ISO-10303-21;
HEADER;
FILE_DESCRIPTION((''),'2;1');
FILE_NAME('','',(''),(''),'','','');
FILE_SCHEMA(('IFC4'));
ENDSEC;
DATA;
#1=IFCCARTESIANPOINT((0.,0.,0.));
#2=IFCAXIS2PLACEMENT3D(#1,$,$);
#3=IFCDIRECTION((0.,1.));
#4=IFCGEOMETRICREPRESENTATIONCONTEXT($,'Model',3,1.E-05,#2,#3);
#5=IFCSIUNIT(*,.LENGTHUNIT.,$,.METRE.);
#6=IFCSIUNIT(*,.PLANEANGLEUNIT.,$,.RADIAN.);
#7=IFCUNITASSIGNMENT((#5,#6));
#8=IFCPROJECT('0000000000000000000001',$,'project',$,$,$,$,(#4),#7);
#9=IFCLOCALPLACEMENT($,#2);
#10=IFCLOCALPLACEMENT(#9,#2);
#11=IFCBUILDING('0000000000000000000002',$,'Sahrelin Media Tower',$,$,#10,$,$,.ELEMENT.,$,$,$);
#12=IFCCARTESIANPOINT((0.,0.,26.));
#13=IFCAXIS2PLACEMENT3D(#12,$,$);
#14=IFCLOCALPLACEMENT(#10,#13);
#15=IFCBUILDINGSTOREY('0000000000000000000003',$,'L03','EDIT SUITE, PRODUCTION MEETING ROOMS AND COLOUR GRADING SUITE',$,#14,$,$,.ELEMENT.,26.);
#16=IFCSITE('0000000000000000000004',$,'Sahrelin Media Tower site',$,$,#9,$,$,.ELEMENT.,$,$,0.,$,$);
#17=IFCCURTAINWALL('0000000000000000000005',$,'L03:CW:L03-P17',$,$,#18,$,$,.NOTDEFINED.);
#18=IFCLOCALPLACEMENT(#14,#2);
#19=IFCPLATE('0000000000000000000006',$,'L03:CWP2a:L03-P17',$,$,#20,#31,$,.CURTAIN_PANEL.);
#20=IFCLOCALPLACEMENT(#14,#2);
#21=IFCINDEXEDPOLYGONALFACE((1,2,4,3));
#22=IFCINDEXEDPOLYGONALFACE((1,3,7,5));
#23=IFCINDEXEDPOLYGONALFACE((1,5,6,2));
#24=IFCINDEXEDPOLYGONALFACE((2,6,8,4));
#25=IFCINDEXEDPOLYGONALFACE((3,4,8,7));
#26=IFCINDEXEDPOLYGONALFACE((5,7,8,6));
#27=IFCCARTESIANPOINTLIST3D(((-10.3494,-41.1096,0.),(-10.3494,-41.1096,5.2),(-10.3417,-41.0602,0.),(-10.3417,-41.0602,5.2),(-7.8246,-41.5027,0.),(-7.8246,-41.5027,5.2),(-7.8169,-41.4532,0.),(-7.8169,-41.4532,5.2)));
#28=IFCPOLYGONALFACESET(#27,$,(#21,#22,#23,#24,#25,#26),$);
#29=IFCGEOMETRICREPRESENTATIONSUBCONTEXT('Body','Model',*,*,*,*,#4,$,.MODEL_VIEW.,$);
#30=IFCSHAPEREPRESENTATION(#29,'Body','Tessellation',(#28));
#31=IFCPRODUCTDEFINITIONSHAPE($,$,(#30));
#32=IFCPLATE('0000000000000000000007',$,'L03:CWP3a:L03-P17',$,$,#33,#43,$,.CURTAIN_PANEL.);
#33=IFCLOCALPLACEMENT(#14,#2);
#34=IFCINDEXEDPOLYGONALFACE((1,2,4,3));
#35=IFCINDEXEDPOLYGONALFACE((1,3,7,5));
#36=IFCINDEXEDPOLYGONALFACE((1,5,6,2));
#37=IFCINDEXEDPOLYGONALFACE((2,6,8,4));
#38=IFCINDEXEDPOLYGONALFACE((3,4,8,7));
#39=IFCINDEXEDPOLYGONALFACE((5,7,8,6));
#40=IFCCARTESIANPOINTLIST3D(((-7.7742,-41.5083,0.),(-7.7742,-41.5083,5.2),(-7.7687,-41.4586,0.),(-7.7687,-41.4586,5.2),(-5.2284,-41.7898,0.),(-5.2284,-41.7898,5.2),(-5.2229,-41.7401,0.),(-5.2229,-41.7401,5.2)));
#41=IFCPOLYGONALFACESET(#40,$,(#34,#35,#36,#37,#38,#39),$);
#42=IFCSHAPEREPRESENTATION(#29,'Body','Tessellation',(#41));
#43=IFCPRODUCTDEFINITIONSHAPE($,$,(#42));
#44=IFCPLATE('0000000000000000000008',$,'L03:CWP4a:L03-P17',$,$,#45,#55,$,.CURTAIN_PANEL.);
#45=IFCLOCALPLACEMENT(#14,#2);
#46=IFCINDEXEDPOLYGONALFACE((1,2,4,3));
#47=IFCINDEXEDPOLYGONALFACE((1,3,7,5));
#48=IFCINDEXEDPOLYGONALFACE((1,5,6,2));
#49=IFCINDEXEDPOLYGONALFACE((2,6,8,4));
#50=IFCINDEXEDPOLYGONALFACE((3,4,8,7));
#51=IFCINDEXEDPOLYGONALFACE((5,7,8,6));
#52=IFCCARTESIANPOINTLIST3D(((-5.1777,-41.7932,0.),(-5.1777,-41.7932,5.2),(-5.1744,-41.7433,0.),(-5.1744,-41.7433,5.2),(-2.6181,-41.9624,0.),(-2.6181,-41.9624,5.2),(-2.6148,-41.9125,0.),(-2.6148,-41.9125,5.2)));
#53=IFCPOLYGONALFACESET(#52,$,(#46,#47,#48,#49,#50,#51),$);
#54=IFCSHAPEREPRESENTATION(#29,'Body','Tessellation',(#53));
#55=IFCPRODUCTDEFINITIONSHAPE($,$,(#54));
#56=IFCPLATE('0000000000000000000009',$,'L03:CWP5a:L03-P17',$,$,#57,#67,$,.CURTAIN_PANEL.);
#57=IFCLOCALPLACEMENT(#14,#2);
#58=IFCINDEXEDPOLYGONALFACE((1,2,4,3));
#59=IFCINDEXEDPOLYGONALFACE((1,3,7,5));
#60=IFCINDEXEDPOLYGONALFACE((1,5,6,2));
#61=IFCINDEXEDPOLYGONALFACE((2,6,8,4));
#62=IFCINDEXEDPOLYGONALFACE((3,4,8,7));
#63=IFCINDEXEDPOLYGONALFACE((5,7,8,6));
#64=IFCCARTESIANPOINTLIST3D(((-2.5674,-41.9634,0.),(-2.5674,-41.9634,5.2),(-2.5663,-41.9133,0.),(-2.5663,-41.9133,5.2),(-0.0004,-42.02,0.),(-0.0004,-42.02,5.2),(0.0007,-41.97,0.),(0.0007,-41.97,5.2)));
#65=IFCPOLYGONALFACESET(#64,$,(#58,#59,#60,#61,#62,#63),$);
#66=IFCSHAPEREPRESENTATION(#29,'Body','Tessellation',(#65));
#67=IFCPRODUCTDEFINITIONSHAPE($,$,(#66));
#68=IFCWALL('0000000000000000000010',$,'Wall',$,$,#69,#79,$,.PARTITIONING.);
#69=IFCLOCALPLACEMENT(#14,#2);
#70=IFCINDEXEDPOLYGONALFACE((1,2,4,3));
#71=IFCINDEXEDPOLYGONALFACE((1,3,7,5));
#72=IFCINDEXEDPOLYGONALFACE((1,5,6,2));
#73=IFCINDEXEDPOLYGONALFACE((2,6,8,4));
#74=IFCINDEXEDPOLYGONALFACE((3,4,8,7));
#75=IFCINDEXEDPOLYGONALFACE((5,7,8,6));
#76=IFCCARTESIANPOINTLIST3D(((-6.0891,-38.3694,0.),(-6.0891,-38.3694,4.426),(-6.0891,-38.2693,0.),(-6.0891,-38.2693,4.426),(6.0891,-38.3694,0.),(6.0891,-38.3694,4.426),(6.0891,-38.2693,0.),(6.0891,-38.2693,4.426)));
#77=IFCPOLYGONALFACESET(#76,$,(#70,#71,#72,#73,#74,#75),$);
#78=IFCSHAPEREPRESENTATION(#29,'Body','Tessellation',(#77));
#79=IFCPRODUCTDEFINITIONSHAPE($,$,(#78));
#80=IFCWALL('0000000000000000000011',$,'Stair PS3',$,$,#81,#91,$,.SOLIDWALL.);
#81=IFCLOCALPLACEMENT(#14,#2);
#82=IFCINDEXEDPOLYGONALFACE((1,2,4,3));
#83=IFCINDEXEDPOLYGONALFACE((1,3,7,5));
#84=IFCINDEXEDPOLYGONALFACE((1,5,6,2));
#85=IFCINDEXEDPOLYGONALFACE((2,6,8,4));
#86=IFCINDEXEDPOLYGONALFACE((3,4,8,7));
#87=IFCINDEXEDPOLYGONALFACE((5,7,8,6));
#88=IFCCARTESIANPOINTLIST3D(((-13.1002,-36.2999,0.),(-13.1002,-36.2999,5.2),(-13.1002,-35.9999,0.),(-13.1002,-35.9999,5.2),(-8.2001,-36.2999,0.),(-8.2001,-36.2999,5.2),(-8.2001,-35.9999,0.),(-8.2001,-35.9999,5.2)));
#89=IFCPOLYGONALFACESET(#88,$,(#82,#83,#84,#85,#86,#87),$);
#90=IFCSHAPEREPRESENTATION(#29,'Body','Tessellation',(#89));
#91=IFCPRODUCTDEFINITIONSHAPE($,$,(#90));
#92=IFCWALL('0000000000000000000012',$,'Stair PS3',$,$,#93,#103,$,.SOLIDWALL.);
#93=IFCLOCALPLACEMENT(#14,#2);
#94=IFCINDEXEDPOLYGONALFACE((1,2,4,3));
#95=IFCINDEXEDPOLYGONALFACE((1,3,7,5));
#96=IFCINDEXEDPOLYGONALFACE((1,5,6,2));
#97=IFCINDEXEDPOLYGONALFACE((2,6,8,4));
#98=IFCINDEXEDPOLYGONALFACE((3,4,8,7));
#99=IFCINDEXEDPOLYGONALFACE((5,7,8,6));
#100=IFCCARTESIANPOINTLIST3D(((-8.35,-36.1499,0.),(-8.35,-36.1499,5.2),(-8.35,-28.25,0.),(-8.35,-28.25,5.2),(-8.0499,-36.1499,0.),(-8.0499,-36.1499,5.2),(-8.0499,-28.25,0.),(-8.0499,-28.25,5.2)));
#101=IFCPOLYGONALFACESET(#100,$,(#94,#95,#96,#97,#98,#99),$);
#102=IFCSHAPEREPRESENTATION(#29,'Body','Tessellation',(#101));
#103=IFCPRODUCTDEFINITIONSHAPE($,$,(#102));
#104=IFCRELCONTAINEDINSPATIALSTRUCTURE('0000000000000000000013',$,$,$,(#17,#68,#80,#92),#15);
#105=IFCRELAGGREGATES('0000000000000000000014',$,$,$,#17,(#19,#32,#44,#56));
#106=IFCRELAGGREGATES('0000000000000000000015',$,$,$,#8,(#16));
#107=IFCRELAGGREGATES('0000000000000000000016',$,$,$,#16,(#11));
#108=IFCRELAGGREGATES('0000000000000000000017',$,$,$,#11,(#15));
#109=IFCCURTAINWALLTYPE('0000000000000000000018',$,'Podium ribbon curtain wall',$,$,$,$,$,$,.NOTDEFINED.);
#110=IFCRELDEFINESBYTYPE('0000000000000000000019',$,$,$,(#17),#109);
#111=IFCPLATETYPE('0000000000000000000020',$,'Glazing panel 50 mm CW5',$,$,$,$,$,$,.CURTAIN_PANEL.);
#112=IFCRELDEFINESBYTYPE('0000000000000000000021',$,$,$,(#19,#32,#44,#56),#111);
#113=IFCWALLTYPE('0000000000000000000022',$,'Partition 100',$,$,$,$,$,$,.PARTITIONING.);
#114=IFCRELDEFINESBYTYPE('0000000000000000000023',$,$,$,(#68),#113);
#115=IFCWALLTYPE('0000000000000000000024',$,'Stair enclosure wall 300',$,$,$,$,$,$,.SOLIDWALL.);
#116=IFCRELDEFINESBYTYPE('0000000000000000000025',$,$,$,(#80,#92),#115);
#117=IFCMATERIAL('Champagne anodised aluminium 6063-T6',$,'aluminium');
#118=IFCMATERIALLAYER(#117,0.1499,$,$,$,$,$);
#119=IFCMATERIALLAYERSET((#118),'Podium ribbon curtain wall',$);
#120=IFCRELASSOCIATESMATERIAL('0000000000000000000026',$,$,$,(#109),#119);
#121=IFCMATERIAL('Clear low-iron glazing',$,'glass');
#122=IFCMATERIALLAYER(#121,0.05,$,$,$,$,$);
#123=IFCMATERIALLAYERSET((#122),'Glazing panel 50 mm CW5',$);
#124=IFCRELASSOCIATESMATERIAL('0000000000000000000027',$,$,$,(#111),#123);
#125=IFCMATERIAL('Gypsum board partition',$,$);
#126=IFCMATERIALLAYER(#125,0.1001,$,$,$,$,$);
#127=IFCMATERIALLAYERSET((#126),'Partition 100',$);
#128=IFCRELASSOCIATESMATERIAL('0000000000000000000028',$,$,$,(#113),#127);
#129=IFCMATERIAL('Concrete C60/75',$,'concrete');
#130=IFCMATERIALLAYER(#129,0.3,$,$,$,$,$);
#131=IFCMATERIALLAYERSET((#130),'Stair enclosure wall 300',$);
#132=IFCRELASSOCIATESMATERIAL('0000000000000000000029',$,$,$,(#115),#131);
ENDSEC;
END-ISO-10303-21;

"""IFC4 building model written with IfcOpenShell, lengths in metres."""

from ifc_helpers import new_model, si_unit, direction, frame, frame_2d, origin, place, context, subcontext, project, spatial, polyline, rectangle, outline, extrude, material, layer, layer_set, type_object, element, aggregate, save


model = new_model("IFC4")

# Units and contexts
model_context = context("Model", 3, precision=1e-05, world=origin(), true_north=direction((0.0, 1.0)))
body_context = subcontext(model_context, "Body", "Model", "MODEL_VIEW")
ifc_project = project(units=[si_unit("LENGTHUNIT", "METRE"), si_unit("PLANEANGLEUNIT", "RADIAN")], contexts=[model_context])

# Site, building, storey
site_placement = place(None, origin())
site = spatial("IfcSite", under=ifc_project, at=site_placement, Name="Sahrelin Media Tower site", CompositionType="ELEMENT", RefElevation=0.0)
building_placement = place(site_placement, origin())
building = spatial("IfcBuilding", under=site, at=building_placement, Name="Sahrelin Media Tower", CompositionType="ELEMENT")
storey_placement = place(building_placement, frame((0.0, 0.0, 26.0)))
storey = spatial("IfcBuildingStorey", under=building, at=storey_placement, Name="L03", Description="EDIT SUITE, PRODUCTION MEETING ROOMS AND COLOUR GRADING SUITE", CompositionType="ELEMENT", Elevation=26.0)

# Curtain wall
ifc_material_1 = material(Name="Champagne anodised aluminium 6063-T6", Category="aluminium")
ifc_layer_1 = layer(ifc_material_1, 0.1499)
ifc_layer_set_1 = layer_set([ifc_layer_1], Name="Podium ribbon curtain wall")
curtain_wall_type = type_object("IfcCurtainWallType", Name="Podium ribbon curtain wall", PredefinedType="NOTDEFINED", material=ifc_layer_set_1)
curtain_wall_1_placement = place(storey_placement, frame((-12.9409, -40.5688, 0.0), z_axis=(0.0, 0.0, 1.0), x_axis=(1.0, 0.0, 0.0)))
curtain_wall_1 = element("IfcCurtainWall", 1, at=curtain_wall_1_placement, inside=storey, type_object=curtain_wall_type, Name="L03:CW:L03-P17", PredefinedType="NOTDEFINED")

# Plates
ifc_material_2 = material(Name="Clear low-iron glazing", Category="glass")
ifc_layer_2 = layer(ifc_material_2, 0.05)
ifc_layer_set_2 = layer_set([ifc_layer_2], Name="Glazing panel 50 mm CW5")
plate_type = type_object("IfcPlateType", Name="Glazing panel 50 mm CW5", PredefinedType="CURTAIN_PANEL", material=ifc_layer_set_2)
plate_1_placement = place(storey_placement, frame((-10.3494, -41.1096, 0.0), z_axis=(-0.153838, -0.988096, 0.0), x_axis=(0.988096, -0.153838, 0.0)))
plate_1 = element("IfcPlate", 2, at=plate_1_placement, type_object=plate_type, Name="L03:CWP2a:L03-P17", PredefinedType="CURTAIN_PANEL", context=body_context, shape_type="SweptSolid", body=[
    extrude(outline(polyline([(0.0, 0.0), (2.5552, 0.0), (2.5552, 5.2), (0.0, 5.2), (0.0, 0.0)])), origin(), (0.0, 0.0, -1.0), 0.05),
])
plate_2_placement = place(storey_placement, frame((-7.7742, -41.5083, 0.0), z_axis=(-0.109908, -0.993942, 0.0), x_axis=(0.993942, -0.109908, 0.0)))
plate_2 = element("IfcPlate", 3, at=plate_2_placement, type_object=plate_type, Name="L03:CWP3a:L03-P17", PredefinedType="CURTAIN_PANEL", context=body_context, shape_type="SweptSolid", body=[
    extrude(outline(polyline([(0.0, 0.0), (2.5613, 0.0), (2.5613, 5.2), (0.0, 5.2), (0.0, 0.0)])), origin(), (0.0, 0.0, -1.0), 0.05),
])
plate_3_placement = place(storey_placement, frame((-5.1777, -41.7932, 0.0), z_axis=(-0.065957, -0.997822, 0.0), x_axis=(0.997822, -0.065957, 0.0)))
plate_3 = element("IfcPlate", 4, at=plate_3_placement, type_object=plate_type, Name="L03:CWP4a:L03-P17", PredefinedType="CURTAIN_PANEL", context=body_context, shape_type="SweptSolid", body=[
    extrude(outline(polyline([(0.0, 0.0), (2.5652, 0.0), (2.5652, 5.2), (0.0, 5.2), (0.0, 0.0)])), origin(), (0.0, 0.0, -1.0), 0.05),
])
plate_4_placement = place(storey_placement, frame((-2.5674, -41.9634, 0.0), z_axis=(-0.02206, -0.999757, 0.0), x_axis=(0.999757, -0.02206, 0.0)))
plate_4 = element("IfcPlate", 5, at=plate_4_placement, type_object=plate_type, Name="L03:CWP5a:L03-P17", PredefinedType="CURTAIN_PANEL", context=body_context, shape_type="SweptSolid", body=[
    extrude(outline(polyline([(0.0, 0.0), (2.5676, 0.0), (2.5676, 5.2), (0.0, 5.2), (0.0, 0.0)])), origin(), (0.0, 0.0, -1.0), 0.05),
])
aggregate(curtain_wall_1, [plate_1, plate_2, plate_3, plate_4])

# Walls
ifc_material_3 = material(Name="Gypsum board partition")
ifc_layer_3 = layer(ifc_material_3, 0.1001)
ifc_layer_set_3 = layer_set([ifc_layer_3], Name="Partition 100")
wall_type_1 = type_object("IfcWallType", Name="Partition 100", PredefinedType="PARTITIONING", material=ifc_layer_set_3)
wall_1_placement = place(storey_placement, frame((-6.0891, -38.3193, 0.0), z_axis=(0.0, 0.0, 1.0), x_axis=(1.0, 0.0, 0.0)))
element("IfcWall", 6, at=wall_1_placement, inside=storey, type_object=wall_type_1, Name="Wall", PredefinedType="PARTITIONING", context=body_context, shape_type="SweptSolid", body=[
    extrude(rectangle(XDim=12.1782, YDim=0.1001, at=frame_2d((6.0891, 0.0))), origin(), (0.0, 0.0, 1.0), 4.426),
])
ifc_material_4 = material(Name="Concrete C60/75", Category="concrete")
ifc_layer_4 = layer(ifc_material_4, 0.3)
ifc_layer_set_4 = layer_set([ifc_layer_4], Name="Stair enclosure wall 300")
wall_type_2 = type_object("IfcWallType", Name="Stair enclosure wall 300", PredefinedType="SOLIDWALL", material=ifc_layer_set_4)
wall_2_placement = place(storey_placement, frame((-8.2, -36.1499, 0.0), z_axis=(0.0, 0.0, 1.0), x_axis=(-1.0, 0.0, 0.0)))
element("IfcWall", 7, at=wall_2_placement, inside=storey, type_object=wall_type_2, Name="Stair PS3", PredefinedType="SOLIDWALL", context=body_context, shape_type="SweptSolid", body=[
    extrude(rectangle(XDim=4.9001, YDim=0.3, at=frame_2d((2.4502, 0.0))), origin(), (0.0, 0.0, 1.0), 5.2),
])
wall_3_placement = place(storey_placement, frame((-8.2, -28.25, 0.0), z_axis=(0.0, 0.0, 1.0), x_axis=(0.0, -1.0, 0.0)))
element("IfcWall", 8, at=wall_3_placement, inside=storey, type_object=wall_type_2, Name="Stair PS3", PredefinedType="SOLIDWALL", context=body_context, shape_type="SweptSolid", body=[
    extrude(rectangle(XDim=7.8999, YDim=0.3, at=frame_2d((3.95, 0.0))), origin(), (0.0, 0.0, 1.0), 5.2),
])

save(model, "model.ifc")
